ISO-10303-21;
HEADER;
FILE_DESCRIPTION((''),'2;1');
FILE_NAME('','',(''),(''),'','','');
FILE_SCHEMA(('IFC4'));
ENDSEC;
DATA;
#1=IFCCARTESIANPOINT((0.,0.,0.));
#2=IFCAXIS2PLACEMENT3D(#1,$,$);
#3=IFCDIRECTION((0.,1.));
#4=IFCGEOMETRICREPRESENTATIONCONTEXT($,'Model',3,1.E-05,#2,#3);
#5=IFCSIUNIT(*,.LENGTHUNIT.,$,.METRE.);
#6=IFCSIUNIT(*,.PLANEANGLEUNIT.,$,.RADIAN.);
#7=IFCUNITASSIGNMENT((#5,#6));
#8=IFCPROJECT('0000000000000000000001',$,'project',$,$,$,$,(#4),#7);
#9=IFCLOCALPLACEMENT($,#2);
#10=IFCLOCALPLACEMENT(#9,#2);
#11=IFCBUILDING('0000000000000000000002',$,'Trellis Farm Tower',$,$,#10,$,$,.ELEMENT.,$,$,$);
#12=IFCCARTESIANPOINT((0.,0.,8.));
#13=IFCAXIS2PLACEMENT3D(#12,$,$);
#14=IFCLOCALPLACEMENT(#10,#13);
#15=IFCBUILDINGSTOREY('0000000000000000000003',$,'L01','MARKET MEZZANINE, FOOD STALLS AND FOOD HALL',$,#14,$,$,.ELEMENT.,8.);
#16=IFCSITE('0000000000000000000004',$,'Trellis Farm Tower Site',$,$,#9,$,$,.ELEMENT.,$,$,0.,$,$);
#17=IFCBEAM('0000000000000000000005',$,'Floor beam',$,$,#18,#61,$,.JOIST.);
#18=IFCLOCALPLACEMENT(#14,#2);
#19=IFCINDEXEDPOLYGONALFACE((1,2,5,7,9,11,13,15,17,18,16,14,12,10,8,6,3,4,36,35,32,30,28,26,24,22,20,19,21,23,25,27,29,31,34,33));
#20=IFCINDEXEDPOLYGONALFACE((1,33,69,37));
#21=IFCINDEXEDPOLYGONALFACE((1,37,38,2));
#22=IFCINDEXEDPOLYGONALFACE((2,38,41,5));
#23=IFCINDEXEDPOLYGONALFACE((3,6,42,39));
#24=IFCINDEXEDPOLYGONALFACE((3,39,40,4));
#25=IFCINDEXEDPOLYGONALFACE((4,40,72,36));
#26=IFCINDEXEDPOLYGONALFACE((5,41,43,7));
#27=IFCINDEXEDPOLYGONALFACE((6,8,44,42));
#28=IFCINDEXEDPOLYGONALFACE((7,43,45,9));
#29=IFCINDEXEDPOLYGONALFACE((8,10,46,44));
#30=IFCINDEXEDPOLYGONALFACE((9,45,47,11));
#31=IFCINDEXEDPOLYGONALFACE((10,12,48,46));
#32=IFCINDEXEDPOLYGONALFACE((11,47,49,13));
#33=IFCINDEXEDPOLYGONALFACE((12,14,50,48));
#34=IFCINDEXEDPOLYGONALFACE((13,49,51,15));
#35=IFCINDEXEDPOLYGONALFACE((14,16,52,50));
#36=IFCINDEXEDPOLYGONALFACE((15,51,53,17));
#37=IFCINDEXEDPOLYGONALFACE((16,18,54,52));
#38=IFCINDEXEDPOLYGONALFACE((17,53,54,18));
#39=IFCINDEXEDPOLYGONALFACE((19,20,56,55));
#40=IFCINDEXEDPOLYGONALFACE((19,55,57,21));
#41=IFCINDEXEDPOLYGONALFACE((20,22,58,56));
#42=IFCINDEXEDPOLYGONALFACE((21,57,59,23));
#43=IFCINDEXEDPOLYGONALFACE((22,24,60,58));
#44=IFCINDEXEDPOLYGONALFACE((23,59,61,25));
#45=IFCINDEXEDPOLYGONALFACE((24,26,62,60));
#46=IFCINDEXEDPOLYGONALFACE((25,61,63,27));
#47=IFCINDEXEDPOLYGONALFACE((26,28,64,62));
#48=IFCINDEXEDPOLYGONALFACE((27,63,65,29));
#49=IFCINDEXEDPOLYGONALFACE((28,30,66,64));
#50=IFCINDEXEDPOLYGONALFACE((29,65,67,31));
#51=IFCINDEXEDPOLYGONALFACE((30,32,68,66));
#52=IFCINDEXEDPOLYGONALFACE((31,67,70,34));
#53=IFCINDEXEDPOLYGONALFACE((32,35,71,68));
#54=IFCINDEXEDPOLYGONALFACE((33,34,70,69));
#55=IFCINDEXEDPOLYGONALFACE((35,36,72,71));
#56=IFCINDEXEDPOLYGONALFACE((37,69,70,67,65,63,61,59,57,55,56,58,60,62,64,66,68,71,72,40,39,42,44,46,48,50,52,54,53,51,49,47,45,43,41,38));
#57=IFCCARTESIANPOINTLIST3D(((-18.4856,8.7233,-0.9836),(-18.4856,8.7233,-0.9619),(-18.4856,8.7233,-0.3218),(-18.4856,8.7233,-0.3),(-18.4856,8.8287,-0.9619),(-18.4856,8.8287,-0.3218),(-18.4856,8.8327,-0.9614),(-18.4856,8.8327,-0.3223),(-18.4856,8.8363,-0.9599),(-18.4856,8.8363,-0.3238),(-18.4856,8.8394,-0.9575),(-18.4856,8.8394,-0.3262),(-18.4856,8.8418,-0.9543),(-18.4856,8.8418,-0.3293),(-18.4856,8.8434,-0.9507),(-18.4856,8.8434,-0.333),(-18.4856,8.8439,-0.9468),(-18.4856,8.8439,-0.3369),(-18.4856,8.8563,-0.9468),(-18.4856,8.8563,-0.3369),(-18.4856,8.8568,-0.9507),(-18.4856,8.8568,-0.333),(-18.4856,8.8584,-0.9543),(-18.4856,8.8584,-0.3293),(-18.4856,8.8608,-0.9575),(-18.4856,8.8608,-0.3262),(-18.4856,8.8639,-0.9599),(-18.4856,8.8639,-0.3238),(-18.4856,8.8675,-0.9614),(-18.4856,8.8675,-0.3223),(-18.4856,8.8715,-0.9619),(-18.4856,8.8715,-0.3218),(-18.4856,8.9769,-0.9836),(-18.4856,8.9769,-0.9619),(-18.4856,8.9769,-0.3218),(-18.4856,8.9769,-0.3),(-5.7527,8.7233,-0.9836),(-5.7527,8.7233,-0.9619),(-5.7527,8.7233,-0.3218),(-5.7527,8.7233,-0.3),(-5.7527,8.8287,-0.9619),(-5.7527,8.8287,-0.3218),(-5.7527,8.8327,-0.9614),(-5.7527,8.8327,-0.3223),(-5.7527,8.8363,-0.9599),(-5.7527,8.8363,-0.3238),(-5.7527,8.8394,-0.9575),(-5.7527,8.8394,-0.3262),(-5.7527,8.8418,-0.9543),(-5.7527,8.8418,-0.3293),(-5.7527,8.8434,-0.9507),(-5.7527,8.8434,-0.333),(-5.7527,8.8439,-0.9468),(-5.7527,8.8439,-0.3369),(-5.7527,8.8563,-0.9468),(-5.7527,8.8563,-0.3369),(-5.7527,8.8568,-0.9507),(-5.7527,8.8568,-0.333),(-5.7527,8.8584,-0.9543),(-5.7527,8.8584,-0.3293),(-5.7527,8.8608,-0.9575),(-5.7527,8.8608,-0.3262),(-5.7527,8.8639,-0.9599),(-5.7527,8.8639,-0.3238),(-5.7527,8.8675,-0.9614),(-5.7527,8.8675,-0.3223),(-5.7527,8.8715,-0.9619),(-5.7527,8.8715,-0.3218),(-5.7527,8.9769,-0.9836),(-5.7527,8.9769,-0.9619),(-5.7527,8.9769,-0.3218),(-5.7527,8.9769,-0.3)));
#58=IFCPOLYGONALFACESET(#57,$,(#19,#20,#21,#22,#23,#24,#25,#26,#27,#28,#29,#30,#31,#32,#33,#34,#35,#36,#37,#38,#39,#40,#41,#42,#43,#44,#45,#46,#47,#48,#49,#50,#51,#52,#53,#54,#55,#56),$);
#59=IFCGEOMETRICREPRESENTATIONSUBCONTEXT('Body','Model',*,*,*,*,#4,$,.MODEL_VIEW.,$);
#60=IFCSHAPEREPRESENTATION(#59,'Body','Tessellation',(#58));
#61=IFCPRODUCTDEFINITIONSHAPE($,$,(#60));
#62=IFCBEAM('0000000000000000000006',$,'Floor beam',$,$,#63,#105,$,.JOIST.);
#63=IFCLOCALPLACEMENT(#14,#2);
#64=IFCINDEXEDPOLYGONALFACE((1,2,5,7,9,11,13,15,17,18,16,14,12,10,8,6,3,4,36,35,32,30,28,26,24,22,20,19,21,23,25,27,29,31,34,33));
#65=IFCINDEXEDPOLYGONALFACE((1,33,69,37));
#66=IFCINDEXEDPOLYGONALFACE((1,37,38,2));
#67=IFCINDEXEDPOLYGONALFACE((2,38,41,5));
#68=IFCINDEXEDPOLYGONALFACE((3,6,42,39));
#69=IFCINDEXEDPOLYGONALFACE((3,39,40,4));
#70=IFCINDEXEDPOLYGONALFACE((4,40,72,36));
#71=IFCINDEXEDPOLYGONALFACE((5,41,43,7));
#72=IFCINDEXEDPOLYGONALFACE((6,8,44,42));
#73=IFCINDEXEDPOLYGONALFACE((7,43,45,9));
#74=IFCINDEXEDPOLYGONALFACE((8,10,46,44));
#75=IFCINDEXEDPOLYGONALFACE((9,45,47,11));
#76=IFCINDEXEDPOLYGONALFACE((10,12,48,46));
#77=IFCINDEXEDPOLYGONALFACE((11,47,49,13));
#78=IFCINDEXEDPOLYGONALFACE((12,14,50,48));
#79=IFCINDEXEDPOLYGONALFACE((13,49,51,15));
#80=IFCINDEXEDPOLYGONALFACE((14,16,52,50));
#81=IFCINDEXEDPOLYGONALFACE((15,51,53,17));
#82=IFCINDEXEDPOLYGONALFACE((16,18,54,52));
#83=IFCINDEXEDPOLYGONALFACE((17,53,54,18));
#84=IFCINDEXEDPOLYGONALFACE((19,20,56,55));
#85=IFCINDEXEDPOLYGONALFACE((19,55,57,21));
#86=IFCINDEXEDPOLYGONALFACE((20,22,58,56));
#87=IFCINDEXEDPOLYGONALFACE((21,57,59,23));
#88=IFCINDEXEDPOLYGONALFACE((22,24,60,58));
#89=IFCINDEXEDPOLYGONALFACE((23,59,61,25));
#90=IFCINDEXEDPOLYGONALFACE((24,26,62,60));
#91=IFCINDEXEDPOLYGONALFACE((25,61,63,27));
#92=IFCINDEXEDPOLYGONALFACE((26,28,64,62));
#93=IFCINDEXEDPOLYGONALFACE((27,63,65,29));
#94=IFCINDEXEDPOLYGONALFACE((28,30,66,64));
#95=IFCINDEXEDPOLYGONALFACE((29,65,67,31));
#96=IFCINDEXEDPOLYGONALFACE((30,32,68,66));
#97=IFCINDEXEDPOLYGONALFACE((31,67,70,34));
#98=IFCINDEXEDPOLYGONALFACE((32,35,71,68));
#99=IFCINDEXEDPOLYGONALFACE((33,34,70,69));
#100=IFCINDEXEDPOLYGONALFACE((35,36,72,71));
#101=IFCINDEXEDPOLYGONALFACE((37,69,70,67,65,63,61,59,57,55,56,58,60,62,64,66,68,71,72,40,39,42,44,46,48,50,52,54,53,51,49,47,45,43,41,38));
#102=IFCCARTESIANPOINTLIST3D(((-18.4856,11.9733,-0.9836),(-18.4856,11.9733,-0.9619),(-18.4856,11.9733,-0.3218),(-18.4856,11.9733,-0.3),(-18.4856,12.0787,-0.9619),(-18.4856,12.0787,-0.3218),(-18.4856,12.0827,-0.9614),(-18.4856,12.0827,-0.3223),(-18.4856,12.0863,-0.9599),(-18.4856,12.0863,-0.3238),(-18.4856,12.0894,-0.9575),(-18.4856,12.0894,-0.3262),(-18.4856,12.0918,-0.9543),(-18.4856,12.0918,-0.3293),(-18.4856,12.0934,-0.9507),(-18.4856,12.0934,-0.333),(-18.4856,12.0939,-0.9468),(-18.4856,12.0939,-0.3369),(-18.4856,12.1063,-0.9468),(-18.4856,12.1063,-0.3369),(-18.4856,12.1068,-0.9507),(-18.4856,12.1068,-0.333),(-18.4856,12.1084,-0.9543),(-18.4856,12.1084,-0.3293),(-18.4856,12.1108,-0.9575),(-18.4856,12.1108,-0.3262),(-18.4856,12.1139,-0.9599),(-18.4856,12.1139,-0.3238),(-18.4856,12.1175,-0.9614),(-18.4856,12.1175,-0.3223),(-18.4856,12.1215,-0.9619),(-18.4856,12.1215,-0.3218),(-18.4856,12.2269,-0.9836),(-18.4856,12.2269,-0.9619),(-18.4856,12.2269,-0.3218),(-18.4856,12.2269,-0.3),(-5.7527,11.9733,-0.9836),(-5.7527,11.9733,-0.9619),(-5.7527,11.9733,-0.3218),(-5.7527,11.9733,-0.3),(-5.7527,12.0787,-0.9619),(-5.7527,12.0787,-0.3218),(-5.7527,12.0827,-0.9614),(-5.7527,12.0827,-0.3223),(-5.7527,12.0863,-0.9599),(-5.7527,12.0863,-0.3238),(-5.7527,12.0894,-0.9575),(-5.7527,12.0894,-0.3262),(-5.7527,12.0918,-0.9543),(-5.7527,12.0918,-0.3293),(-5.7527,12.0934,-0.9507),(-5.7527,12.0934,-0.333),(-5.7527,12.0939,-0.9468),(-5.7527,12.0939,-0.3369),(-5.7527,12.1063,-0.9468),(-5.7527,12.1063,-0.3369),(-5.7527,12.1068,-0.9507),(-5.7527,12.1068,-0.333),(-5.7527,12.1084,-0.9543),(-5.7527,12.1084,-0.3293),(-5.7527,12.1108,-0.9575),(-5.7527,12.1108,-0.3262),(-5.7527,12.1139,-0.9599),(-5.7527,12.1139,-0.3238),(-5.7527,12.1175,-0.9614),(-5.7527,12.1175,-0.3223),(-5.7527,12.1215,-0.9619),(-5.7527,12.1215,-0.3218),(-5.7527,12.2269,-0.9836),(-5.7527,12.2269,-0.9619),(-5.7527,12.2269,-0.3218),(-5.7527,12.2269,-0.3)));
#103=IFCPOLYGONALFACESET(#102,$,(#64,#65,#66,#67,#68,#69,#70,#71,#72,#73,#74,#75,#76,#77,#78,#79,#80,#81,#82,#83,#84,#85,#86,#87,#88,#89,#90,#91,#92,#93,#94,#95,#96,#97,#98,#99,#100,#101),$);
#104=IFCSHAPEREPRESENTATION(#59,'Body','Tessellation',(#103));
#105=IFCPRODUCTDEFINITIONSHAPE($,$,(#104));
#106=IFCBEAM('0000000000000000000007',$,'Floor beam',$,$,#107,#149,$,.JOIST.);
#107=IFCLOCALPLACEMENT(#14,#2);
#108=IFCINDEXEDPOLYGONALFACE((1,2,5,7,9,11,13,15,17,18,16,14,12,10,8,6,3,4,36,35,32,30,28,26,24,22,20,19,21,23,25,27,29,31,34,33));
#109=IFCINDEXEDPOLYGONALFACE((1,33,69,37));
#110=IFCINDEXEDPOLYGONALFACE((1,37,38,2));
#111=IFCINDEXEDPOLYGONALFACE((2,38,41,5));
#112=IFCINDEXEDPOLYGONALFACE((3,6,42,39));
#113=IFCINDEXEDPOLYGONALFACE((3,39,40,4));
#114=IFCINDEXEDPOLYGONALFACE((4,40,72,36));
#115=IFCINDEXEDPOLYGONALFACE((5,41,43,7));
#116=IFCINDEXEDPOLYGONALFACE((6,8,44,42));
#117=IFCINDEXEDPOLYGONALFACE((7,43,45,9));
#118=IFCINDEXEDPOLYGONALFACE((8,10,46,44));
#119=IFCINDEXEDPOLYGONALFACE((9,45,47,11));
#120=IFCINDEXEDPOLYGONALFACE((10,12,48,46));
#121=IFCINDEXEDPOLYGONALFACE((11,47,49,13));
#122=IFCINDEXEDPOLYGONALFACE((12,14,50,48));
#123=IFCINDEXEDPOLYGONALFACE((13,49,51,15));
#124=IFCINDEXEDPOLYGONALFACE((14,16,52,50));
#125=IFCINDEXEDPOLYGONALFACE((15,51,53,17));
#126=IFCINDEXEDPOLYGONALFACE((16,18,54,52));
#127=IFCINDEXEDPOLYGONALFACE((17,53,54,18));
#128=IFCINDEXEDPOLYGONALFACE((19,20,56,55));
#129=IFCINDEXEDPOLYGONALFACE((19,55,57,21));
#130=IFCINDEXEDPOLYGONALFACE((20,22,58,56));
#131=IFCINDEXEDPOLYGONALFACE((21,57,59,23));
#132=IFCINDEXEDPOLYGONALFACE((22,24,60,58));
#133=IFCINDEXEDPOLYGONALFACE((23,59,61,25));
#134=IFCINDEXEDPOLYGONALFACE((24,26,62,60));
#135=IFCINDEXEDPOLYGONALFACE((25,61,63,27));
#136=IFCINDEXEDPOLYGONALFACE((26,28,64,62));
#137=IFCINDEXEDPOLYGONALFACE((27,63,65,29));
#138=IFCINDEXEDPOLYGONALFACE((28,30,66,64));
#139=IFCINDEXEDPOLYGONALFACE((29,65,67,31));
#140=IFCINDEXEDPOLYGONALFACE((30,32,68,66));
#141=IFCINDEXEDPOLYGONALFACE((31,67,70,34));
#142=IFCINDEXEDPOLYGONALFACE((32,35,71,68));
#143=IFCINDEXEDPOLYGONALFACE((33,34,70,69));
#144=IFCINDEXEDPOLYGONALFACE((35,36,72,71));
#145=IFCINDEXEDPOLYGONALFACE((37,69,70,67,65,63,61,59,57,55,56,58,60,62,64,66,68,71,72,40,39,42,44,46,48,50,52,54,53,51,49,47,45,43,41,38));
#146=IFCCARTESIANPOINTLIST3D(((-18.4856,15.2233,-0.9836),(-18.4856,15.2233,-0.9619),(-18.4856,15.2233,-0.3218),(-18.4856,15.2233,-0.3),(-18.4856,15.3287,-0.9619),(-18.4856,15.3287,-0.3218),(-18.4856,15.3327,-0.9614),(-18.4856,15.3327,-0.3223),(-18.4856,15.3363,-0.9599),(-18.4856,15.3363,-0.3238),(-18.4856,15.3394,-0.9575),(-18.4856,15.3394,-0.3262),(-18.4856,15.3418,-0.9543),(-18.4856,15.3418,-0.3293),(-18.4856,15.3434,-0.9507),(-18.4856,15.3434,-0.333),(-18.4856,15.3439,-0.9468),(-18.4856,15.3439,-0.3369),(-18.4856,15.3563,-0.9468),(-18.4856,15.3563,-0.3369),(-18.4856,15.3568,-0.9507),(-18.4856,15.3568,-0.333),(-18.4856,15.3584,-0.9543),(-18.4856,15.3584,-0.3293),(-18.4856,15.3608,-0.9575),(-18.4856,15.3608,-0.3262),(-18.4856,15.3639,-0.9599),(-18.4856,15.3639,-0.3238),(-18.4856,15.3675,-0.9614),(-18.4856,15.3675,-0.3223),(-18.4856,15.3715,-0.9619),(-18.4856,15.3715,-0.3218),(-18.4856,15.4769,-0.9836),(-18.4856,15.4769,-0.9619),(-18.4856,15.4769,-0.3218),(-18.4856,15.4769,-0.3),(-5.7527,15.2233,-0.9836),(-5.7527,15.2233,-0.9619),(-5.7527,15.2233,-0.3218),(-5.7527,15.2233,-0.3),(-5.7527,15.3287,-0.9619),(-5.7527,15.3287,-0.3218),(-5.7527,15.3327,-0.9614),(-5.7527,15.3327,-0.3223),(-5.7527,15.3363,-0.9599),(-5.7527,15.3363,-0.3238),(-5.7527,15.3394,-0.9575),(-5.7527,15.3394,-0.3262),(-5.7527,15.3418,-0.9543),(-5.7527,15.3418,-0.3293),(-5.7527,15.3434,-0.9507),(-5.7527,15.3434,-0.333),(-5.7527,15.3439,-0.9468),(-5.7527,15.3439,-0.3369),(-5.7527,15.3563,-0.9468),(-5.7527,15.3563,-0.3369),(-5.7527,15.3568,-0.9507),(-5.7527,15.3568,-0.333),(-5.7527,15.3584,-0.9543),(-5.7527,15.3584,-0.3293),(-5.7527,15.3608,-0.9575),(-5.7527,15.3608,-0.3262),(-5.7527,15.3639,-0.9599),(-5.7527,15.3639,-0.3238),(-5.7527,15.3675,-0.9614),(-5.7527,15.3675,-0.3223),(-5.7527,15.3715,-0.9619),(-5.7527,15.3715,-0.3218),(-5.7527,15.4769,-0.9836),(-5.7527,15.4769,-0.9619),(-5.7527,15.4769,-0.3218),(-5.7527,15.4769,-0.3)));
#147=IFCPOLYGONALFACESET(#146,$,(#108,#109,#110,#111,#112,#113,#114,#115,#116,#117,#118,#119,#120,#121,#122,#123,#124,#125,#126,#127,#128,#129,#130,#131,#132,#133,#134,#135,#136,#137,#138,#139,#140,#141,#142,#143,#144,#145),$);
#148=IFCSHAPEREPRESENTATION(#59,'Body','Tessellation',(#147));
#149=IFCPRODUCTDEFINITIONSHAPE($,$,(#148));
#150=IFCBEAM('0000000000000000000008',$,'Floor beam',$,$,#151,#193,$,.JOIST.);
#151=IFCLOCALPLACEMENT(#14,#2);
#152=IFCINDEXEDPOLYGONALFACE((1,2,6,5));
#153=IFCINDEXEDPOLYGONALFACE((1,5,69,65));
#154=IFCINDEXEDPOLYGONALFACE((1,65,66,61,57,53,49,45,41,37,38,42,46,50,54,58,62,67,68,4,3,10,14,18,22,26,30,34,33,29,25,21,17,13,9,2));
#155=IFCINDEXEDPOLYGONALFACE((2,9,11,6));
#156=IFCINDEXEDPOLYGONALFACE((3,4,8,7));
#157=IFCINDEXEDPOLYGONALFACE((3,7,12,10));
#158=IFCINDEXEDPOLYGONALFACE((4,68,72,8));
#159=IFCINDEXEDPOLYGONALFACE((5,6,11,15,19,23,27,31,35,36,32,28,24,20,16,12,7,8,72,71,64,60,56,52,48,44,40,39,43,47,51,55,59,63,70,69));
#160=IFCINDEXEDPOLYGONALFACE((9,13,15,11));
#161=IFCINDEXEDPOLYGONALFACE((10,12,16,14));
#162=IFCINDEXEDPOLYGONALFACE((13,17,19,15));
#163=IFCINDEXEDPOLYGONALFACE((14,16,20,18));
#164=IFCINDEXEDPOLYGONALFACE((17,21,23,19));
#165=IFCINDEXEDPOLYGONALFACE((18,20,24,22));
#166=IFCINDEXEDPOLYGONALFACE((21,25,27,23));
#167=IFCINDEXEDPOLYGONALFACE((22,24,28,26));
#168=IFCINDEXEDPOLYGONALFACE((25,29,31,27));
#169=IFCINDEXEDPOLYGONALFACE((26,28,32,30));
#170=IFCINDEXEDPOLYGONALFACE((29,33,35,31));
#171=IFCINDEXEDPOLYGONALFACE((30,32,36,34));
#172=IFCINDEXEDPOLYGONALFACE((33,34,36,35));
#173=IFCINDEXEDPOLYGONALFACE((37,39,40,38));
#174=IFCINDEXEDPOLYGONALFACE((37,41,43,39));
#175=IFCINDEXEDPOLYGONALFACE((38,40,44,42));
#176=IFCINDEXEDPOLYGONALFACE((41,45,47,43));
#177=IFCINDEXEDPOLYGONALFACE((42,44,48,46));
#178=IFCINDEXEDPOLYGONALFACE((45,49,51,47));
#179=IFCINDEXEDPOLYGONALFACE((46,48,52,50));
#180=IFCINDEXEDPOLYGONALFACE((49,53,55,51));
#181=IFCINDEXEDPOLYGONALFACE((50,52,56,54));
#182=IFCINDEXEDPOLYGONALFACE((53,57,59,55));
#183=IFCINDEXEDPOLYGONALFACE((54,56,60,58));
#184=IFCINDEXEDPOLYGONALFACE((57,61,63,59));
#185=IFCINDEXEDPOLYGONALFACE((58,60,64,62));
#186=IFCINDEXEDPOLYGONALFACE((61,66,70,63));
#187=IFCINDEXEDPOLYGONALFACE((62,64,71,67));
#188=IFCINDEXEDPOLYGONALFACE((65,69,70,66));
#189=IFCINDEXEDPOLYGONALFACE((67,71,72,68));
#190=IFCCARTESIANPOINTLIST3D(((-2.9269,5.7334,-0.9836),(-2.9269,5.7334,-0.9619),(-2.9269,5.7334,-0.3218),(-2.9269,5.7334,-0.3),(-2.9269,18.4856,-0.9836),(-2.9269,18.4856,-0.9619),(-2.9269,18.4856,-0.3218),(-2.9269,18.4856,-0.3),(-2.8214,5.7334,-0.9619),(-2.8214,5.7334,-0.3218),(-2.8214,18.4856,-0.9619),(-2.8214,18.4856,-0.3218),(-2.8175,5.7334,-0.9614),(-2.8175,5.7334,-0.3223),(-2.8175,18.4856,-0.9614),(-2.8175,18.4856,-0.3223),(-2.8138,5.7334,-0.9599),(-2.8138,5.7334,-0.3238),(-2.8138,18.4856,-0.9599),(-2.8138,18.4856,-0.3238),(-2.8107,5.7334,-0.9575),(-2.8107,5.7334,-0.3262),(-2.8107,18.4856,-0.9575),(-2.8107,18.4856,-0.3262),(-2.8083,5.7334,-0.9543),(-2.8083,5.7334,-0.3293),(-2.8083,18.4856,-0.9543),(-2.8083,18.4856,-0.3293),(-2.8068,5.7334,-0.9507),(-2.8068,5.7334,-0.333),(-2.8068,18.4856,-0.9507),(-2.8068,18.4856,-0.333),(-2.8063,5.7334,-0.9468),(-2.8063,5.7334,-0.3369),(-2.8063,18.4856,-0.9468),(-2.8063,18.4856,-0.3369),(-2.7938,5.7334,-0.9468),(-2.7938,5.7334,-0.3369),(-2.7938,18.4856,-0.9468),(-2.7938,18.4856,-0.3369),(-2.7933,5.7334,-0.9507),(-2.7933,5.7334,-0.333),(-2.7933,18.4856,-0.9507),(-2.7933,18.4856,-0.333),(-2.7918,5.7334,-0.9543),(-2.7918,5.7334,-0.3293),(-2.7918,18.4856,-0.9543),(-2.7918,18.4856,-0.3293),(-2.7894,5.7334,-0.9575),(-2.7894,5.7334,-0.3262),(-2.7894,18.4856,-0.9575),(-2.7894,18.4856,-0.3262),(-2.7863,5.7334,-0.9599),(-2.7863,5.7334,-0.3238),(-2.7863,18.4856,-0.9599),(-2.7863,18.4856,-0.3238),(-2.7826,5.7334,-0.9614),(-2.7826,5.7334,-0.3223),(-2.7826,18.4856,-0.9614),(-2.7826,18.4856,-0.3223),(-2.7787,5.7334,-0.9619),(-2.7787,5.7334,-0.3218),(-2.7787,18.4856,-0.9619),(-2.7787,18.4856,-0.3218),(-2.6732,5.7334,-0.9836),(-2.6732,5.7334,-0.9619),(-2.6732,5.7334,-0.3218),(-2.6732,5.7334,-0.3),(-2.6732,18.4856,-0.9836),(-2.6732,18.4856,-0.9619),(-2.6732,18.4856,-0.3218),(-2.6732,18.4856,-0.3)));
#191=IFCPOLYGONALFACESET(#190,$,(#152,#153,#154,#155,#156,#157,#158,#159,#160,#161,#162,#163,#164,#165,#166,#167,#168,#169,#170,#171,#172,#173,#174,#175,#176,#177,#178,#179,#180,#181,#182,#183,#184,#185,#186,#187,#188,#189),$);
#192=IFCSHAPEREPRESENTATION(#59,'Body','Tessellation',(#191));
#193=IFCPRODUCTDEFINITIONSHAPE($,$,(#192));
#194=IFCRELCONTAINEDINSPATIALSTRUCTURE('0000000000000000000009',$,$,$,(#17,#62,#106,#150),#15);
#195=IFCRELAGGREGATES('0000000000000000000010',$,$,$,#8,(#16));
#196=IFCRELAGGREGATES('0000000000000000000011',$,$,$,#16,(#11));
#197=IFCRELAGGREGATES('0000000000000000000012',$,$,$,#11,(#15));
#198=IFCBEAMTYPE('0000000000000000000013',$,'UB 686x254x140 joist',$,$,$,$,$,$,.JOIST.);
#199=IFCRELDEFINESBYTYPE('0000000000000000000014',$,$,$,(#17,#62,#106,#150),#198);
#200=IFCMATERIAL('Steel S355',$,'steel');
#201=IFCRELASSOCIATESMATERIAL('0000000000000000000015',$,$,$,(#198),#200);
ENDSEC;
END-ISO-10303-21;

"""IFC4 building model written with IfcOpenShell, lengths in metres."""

from ifc_helpers import new_model, si_unit, direction, frame, origin, origin_2d, place, context, subcontext, project, spatial, i_section, extrude, source, transform, mapped, material, material_profile, profile_set, type_object, element, save


model = new_model("IFC4")

# Units and contexts
model_context = context("Model", 3, precision=1e-05, world=origin(), true_north=direction((0.0, 1.0)))
body_context = subcontext(model_context, "Body", "Model", "MODEL_VIEW")
ifc_project = project(units=[si_unit("LENGTHUNIT", "METRE"), si_unit("PLANEANGLEUNIT", "RADIAN")], contexts=[model_context])

# Site, building, storey
site_placement = place(None, origin())
site = spatial("IfcSite", under=ifc_project, at=site_placement, Name="Trellis Farm Tower Site", CompositionType="ELEMENT", RefElevation=0.0)
building_placement = place(site_placement, origin())
building = spatial("IfcBuilding", under=site, at=building_placement, Name="Trellis Farm Tower", CompositionType="ELEMENT")
storey_placement = place(building_placement, frame((0.0, 0.0, 8.0)))
storey = spatial("IfcBuildingStorey", under=building, at=storey_placement, Name="L01", Description="MARKET MEZZANINE, FOOD STALLS AND FOOD HALL", CompositionType="ELEMENT", Elevation=8.0)

# Beams
ifc_material_1 = material(Name="Steel S355", Category="steel")
ifc_material_profile_1 = material_profile(ifc_material_1, i_section(OverallWidth=0.2537, OverallDepth=0.6836, WebThickness=0.0125, FlangeThickness=0.0217, FilletRadius=0.0151, at=origin_2d()), Name="UB 686x254x140")
ifc_profile_set_1 = profile_set([ifc_material_profile_1], Name="Steel S355")
beam_type_1 = type_object("IfcBeamType", Name="UB 686x254x140 joist", PredefinedType="JOIST", material=ifc_profile_set_1)
shared_shape_1 = source(origin(), body_context, "Body", "SweptSolid", [
    extrude(i_section(OverallWidth=0.2537, OverallDepth=0.6836, WebThickness=0.0125, FlangeThickness=0.0217, FilletRadius=0.0151, at=origin_2d()), origin(), (0.0, 0.0, 1.0), 12.7329),
])
for number, where, z_axis, x_axis, name in (
    (1, (-18.4856, 8.8501, -0.6418), (1.0, 0.0, 0.0), (0.0, 1.0, 0.0), "Floor beam"),
    (2, (-18.4856, 12.1001, -0.6418), (1.0, 0.0, 0.0), (0.0, 1.0, 0.0), "Floor beam"),
    (3, (-18.4856, 15.3501, -0.6418), (1.0, 0.0, 0.0), (0.0, 1.0, 0.0), "Floor beam"),
):
    element("IfcBeam", number, at=place(storey_placement, frame(where, z_axis=z_axis, x_axis=x_axis)), inside=storey, type_object=beam_type_1, Name=name, PredefinedType="JOIST", context=body_context, shape_type="MappedRepresentation", body=[
        mapped(shared_shape_1, transform((0.0, 0.0, 0.0))),
    ])
shared_shape_2 = source(origin(), body_context, "Body", "SweptSolid", [
    extrude(i_section(OverallWidth=0.2537, OverallDepth=0.6836, WebThickness=0.0125, FlangeThickness=0.0217, FilletRadius=0.0151, at=origin_2d()), origin(), (0.0, 0.0, 1.0), 12.7522),
])
beam_1_placement = place(storey_placement, frame((-2.8, 5.7334, -0.6418), z_axis=(0.0, 1.0, 0.0), x_axis=(-1.0, 0.0, 0.0)))
element("IfcBeam", 4, at=beam_1_placement, inside=storey, type_object=beam_type_1, Name="Floor beam", PredefinedType="JOIST", context=body_context, shape_type="MappedRepresentation", body=[
    mapped(shared_shape_2, transform((0.0, 0.0, 0.0))),
])

save(model, "model.ifc")
